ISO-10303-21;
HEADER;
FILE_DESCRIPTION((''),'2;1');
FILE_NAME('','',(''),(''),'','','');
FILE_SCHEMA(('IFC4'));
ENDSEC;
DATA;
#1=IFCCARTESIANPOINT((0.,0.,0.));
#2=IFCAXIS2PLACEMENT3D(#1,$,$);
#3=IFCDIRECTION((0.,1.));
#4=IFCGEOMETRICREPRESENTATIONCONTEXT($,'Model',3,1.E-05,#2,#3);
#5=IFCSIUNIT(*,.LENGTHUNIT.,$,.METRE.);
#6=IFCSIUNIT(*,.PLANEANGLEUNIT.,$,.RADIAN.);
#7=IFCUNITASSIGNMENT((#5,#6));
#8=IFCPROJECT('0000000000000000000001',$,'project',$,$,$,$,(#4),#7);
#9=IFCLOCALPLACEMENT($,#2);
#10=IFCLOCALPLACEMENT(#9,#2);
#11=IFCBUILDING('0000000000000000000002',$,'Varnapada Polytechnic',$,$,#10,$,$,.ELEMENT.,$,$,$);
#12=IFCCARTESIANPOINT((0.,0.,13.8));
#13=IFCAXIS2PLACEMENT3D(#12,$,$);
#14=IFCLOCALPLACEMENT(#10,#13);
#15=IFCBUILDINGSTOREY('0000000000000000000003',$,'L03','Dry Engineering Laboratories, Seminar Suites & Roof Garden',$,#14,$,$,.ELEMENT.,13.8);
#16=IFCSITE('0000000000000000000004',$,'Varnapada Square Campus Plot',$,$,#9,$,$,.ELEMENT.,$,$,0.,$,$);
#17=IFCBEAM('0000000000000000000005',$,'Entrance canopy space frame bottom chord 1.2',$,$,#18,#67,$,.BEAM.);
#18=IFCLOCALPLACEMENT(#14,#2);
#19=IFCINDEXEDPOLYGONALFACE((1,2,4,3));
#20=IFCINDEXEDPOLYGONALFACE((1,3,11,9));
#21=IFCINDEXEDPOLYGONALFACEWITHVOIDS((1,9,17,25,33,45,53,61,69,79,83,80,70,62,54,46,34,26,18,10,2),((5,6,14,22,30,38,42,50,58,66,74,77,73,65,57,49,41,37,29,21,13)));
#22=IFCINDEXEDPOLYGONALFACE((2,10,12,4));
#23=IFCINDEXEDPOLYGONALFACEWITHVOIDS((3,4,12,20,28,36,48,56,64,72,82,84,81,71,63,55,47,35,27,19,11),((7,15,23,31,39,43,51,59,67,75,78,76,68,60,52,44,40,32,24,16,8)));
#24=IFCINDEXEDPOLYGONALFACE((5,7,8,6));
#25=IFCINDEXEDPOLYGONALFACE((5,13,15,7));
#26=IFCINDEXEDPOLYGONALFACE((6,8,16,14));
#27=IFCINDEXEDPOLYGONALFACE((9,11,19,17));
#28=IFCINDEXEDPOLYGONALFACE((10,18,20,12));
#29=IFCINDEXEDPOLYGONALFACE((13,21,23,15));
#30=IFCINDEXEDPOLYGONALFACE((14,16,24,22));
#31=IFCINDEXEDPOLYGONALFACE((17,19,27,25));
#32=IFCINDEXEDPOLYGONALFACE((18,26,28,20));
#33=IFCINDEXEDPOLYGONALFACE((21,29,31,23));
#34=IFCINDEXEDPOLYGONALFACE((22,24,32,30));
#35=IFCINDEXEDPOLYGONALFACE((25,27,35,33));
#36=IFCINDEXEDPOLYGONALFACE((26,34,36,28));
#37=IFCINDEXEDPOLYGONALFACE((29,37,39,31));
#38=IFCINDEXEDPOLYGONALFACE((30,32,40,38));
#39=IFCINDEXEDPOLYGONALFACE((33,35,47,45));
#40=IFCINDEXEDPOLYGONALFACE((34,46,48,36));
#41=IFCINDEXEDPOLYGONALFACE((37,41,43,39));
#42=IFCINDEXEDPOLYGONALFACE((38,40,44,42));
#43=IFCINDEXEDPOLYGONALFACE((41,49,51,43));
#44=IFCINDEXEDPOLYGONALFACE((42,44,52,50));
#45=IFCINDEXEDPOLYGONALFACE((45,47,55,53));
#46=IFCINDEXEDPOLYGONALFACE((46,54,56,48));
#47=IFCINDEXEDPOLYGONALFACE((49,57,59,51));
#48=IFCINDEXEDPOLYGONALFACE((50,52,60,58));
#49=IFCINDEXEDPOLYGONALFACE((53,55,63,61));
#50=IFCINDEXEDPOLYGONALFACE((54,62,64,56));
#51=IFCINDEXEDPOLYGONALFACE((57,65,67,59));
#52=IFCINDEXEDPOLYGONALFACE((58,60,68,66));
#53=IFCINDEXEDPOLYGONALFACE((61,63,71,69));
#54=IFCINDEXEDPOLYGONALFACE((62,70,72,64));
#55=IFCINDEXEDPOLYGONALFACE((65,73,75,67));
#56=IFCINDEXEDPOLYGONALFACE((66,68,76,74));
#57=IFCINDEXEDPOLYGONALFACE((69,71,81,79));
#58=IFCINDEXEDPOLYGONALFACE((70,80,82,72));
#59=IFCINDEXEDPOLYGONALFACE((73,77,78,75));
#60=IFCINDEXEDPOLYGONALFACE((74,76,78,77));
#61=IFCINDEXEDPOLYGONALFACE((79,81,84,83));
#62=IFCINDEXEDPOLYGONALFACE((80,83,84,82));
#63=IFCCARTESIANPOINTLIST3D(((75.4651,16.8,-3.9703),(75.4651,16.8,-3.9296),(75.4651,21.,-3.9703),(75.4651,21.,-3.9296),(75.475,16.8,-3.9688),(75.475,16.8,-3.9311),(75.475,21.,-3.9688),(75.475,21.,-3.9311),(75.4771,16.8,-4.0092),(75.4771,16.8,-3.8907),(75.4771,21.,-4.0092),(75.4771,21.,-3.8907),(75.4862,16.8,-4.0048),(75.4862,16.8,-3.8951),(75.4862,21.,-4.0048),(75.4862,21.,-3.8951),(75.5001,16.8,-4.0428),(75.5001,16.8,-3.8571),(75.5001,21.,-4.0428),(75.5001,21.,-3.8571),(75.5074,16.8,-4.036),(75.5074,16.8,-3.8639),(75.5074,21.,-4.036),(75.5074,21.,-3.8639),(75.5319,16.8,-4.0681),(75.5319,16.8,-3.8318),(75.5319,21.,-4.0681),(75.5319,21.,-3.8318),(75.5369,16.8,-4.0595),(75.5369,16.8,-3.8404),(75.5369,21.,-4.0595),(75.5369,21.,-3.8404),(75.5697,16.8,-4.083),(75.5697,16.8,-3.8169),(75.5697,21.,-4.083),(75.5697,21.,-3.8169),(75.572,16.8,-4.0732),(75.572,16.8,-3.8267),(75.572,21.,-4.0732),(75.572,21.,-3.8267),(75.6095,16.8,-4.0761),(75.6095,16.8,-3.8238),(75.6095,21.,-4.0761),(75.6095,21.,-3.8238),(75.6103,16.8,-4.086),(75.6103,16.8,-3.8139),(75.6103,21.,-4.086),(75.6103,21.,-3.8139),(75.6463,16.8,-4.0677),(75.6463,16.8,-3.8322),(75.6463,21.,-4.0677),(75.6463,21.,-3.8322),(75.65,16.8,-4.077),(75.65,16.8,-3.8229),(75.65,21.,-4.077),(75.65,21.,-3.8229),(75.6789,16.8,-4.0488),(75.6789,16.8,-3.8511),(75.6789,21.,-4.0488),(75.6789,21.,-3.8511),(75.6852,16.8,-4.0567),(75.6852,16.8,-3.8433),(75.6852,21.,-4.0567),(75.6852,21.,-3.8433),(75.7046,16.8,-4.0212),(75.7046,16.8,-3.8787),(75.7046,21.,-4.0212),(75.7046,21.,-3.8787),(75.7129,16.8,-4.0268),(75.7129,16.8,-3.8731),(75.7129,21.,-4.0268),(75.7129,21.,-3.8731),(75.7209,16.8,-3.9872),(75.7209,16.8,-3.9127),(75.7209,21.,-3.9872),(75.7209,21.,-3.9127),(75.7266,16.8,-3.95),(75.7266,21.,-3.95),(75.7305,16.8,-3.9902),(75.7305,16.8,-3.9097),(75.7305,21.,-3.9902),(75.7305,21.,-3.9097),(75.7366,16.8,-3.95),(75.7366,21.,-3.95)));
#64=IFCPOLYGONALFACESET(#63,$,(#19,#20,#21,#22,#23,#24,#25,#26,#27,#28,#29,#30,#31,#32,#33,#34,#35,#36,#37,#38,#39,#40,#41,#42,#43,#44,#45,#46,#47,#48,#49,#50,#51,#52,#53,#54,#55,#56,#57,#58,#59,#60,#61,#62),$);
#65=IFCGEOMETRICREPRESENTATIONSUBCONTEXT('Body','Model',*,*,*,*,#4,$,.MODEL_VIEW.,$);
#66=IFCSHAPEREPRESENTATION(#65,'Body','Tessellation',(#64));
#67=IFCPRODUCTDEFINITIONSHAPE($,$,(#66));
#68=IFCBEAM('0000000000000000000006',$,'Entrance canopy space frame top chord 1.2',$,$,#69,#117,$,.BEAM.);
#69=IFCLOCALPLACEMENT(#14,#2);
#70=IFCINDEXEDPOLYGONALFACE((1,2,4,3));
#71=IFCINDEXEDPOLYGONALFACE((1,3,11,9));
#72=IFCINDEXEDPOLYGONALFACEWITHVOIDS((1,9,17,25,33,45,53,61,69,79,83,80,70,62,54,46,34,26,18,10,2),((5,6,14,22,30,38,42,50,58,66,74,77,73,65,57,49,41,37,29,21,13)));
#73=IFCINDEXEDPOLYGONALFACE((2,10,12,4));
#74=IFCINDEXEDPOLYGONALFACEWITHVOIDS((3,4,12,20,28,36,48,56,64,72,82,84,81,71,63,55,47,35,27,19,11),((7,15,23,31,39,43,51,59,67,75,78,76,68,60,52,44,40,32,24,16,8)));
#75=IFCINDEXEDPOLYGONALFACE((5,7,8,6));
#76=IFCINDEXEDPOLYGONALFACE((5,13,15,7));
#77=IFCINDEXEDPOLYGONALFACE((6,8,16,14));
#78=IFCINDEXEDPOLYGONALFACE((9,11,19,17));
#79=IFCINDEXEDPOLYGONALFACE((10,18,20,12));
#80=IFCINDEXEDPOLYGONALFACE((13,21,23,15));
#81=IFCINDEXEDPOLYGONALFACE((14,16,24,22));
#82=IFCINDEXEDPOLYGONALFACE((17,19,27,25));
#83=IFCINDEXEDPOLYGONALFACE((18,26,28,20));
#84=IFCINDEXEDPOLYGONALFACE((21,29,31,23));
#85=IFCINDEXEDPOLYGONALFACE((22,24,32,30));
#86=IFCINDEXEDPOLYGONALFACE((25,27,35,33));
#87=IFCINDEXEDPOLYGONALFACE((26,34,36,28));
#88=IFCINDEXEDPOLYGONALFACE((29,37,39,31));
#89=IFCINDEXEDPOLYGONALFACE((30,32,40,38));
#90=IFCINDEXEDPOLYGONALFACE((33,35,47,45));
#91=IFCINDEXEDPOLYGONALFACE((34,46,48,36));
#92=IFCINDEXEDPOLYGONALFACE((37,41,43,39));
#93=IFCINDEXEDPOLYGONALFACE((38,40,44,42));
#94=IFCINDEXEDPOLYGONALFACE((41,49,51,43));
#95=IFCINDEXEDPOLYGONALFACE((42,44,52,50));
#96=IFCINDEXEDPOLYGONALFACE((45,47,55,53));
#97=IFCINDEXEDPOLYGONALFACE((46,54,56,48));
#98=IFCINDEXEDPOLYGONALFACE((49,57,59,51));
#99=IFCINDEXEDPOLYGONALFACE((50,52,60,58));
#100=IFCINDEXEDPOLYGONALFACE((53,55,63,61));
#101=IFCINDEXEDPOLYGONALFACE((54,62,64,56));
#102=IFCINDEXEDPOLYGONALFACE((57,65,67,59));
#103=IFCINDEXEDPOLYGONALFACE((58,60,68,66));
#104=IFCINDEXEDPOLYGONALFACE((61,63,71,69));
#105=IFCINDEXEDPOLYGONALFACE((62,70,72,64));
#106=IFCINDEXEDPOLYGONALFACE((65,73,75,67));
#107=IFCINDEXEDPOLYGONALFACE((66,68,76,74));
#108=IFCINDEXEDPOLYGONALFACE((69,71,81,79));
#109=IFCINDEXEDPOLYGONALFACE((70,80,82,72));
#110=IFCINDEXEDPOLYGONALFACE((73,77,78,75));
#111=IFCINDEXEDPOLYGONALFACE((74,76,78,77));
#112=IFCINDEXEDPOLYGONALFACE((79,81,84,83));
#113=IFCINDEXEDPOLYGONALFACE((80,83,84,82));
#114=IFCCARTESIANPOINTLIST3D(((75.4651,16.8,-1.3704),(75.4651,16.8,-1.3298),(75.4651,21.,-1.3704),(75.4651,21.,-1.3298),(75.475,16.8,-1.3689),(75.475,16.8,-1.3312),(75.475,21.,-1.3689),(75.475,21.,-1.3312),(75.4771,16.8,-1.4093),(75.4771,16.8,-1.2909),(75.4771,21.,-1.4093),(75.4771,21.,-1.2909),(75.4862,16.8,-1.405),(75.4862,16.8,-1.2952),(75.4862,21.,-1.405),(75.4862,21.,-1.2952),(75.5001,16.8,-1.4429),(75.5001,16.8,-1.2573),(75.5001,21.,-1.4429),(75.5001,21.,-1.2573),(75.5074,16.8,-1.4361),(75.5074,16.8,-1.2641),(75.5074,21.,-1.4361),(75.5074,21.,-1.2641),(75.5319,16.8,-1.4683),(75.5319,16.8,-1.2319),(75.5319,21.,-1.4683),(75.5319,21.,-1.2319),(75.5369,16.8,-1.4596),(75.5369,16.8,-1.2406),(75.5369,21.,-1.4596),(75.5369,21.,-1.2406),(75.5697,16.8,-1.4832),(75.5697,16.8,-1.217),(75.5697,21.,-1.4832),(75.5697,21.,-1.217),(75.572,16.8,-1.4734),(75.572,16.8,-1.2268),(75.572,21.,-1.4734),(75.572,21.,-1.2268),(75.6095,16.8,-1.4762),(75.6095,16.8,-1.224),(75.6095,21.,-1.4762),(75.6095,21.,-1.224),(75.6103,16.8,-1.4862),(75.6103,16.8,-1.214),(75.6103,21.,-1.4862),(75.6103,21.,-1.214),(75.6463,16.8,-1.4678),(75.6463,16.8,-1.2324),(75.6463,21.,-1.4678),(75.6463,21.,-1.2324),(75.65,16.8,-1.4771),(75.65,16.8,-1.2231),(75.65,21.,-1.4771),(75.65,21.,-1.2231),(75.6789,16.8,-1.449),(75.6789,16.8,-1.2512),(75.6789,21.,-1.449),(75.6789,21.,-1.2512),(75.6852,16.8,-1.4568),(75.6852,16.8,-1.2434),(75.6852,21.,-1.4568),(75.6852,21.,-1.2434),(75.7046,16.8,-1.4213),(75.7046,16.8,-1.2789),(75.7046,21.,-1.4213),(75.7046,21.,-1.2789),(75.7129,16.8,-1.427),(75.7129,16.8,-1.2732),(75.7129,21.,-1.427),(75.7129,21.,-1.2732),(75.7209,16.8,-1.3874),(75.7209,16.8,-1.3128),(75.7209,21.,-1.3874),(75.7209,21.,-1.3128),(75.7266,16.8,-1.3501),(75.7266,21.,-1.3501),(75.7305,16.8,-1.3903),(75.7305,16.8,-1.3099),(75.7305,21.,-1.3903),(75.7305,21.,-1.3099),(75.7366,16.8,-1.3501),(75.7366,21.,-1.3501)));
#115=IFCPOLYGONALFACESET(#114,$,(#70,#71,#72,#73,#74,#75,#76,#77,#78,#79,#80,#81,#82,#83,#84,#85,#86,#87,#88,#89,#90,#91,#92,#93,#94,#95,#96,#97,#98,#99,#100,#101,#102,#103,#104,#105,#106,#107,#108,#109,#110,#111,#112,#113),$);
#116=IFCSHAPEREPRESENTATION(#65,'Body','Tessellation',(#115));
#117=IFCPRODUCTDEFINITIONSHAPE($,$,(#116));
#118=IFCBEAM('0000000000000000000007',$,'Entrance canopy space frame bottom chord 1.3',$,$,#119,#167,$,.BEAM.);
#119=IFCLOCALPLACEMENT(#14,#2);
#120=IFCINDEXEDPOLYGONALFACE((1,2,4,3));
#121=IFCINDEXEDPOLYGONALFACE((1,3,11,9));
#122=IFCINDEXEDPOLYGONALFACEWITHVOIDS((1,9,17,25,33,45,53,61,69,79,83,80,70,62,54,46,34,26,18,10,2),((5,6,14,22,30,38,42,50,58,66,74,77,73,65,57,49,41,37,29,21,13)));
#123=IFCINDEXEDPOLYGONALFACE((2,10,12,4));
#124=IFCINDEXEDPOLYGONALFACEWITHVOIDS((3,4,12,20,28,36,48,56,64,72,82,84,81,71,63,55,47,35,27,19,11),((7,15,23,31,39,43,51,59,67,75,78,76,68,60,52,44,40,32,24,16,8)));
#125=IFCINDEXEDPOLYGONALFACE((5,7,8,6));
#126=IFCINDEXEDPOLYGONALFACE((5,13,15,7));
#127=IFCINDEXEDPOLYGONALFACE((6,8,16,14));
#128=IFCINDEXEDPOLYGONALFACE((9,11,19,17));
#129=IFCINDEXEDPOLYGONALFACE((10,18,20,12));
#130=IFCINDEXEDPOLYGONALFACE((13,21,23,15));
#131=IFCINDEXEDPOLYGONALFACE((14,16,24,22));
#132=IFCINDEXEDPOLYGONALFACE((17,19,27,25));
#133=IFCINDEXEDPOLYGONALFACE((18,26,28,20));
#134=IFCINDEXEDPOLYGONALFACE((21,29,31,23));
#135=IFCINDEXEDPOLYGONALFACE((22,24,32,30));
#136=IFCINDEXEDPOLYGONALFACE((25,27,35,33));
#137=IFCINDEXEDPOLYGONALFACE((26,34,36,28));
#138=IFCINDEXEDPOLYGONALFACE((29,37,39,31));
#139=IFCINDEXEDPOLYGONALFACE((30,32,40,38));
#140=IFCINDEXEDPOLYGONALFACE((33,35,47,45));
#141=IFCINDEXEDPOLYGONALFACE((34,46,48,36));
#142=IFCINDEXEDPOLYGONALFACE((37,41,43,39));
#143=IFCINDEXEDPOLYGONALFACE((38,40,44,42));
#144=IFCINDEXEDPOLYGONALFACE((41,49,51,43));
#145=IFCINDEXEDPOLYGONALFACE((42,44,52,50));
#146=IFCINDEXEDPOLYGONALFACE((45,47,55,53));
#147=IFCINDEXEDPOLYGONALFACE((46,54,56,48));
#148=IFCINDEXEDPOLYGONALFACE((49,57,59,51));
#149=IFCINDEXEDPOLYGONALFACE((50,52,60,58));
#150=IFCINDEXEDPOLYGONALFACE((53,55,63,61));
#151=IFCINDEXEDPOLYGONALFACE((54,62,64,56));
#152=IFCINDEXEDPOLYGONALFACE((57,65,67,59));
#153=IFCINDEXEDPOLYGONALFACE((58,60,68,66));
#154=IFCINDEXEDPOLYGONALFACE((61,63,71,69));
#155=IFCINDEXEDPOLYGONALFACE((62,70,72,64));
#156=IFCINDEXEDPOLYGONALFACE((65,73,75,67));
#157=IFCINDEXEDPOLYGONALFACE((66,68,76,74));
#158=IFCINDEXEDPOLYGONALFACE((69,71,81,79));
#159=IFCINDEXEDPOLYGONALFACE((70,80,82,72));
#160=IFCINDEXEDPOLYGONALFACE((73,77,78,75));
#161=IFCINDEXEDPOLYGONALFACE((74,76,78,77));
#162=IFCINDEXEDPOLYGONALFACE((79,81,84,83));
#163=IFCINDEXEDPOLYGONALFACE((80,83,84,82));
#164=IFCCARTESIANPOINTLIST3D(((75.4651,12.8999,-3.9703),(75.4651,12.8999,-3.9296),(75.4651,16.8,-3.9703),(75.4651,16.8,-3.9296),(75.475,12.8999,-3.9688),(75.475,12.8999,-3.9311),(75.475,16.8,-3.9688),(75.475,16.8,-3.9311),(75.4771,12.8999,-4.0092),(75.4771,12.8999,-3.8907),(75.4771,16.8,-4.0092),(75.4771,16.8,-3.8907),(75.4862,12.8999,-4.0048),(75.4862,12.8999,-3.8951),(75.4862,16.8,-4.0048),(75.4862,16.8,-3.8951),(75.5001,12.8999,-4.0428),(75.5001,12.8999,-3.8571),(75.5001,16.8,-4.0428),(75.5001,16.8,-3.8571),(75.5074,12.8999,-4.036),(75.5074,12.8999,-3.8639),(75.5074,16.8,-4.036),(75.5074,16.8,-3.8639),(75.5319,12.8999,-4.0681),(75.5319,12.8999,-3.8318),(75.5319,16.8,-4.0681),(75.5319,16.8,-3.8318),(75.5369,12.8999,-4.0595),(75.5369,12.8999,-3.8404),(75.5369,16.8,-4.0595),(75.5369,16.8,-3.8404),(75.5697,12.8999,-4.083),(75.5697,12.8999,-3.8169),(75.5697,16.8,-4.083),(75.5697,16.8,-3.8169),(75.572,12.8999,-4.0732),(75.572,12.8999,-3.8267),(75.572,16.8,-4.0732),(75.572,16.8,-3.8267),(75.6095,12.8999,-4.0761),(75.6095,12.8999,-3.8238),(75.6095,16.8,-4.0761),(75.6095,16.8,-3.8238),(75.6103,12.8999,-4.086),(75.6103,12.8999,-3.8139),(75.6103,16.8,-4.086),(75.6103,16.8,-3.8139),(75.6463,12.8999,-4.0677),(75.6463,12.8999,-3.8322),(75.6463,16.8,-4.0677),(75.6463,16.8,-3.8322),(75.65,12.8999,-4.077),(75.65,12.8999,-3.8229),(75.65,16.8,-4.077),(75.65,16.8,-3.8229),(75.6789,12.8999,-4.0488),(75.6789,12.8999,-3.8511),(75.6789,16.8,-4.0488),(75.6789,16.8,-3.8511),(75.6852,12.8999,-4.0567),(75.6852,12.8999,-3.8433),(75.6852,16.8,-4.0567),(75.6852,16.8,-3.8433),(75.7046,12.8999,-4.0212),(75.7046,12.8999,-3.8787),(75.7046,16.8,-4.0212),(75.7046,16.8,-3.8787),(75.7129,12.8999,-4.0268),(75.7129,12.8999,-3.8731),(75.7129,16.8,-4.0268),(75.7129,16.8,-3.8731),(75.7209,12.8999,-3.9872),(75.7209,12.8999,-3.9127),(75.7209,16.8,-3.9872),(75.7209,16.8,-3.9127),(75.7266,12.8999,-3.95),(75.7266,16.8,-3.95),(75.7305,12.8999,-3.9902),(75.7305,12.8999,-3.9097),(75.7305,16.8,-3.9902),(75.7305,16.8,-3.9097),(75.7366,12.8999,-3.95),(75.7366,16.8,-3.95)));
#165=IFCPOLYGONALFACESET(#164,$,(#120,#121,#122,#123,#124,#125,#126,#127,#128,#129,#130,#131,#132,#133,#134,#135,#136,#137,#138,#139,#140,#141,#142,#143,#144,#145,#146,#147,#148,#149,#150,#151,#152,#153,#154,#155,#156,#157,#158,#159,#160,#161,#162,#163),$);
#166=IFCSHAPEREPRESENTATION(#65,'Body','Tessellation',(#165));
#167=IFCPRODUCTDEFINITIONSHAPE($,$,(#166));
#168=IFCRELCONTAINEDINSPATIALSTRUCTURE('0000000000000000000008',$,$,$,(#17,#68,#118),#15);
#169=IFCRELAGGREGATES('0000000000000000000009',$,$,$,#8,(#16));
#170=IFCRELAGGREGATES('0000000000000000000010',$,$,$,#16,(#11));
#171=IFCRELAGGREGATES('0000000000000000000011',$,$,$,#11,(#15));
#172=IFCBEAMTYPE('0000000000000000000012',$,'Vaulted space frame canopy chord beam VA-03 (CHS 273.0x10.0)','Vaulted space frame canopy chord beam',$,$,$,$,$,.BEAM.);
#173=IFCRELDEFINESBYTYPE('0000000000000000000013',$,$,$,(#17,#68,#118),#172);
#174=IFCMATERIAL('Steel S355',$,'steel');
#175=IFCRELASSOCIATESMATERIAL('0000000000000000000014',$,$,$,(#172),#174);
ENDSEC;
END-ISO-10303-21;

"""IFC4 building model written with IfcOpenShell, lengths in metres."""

from ifc_helpers import new_model, si_unit, direction, frame, origin, origin_2d, place, context, subcontext, project, spatial, hollow_circle, extrude, material, material_profile, profile_set, type_object, element, save


model = new_model("IFC4")

# Units and contexts
model_context = context("Model", 3, precision=1e-05, world=origin(), true_north=direction((0.0, 1.0)))
body_context = subcontext(model_context, "Body", "Model", "MODEL_VIEW")
ifc_project = project(units=[si_unit("LENGTHUNIT", "METRE"), si_unit("PLANEANGLEUNIT", "RADIAN")], contexts=[model_context])

# Site, building, storey
site_placement = place(None, origin())
site = spatial("IfcSite", under=ifc_project, at=site_placement, Name="Varnapada Square Campus Plot", CompositionType="ELEMENT", RefElevation=0.0)
building_placement = place(site_placement, origin())
building = spatial("IfcBuilding", under=site, at=building_placement, Name="Varnapada Polytechnic", CompositionType="ELEMENT")
storey_placement = place(building_placement, frame((0.0, 0.0, 13.8)))
storey = spatial("IfcBuildingStorey", under=building, at=storey_placement, Name="L03", Description="Dry Engineering Laboratories, Seminar Suites & Roof Garden", CompositionType="ELEMENT", Elevation=13.8)

# Shared definitions
ifc_material = material(Name="Steel S355", Category="steel")

# Beams
ifc_material_profile_1 = material_profile(ifc_material, hollow_circle(Radius=0.1365, WallThickness=0.01, at=origin_2d()), Name="CHS 273.0x10.0")
ifc_profile_set_1 = profile_set([ifc_material_profile_1], Name="Steel S355")
beam_type = type_object("IfcBeamType", Name="Vaulted space frame canopy chord beam VA-03 (CHS 273.0x10.0)", Description="Vaulted space frame canopy chord beam", PredefinedType="BEAM", material=ifc_profile_set_1)
for number, where, z_axis, x_axis, name in (
    (1, (75.6001, 21.0, -3.95), (0.0, -1.0, 0.0), (1.0, 0.0, 0.0), "Entrance canopy space frame bottom chord 1.2"),
    (2, (75.6001, 21.0, -1.3501), (0.0, -1.0, 0.0), (1.0, 0.0, 0.0), "Entrance canopy space frame top chord 1.2"),
):
    element("IfcBeam", number, at=place(storey_placement, frame(where, z_axis=z_axis, x_axis=x_axis)), inside=storey, type_object=beam_type, Name=name, PredefinedType="BEAM", context=body_context, shape_type="SweptSolid", body=[
        extrude(hollow_circle(Radius=0.1365, WallThickness=0.01, at=origin_2d()), origin(), (0.0, 0.0, 1.0), 4.2),
    ])
for number, where, z_axis, x_axis, name in (
    (3, (75.6001, 16.8, -3.95), (0.0, -1.0, 0.0), (1.0, 0.0, 0.0), "Entrance canopy space frame bottom chord 1.3"),
):
    element("IfcBeam", number, at=place(storey_placement, frame(where, z_axis=z_axis, x_axis=x_axis)), inside=storey, type_object=beam_type, Name=name, PredefinedType="BEAM", context=body_context, shape_type="SweptSolid", body=[
        extrude(hollow_circle(Radius=0.1365, WallThickness=0.01, at=origin_2d()), origin(), (0.0, 0.0, 1.0), 3.9001),
    ])

save(model, "model.ifc")
